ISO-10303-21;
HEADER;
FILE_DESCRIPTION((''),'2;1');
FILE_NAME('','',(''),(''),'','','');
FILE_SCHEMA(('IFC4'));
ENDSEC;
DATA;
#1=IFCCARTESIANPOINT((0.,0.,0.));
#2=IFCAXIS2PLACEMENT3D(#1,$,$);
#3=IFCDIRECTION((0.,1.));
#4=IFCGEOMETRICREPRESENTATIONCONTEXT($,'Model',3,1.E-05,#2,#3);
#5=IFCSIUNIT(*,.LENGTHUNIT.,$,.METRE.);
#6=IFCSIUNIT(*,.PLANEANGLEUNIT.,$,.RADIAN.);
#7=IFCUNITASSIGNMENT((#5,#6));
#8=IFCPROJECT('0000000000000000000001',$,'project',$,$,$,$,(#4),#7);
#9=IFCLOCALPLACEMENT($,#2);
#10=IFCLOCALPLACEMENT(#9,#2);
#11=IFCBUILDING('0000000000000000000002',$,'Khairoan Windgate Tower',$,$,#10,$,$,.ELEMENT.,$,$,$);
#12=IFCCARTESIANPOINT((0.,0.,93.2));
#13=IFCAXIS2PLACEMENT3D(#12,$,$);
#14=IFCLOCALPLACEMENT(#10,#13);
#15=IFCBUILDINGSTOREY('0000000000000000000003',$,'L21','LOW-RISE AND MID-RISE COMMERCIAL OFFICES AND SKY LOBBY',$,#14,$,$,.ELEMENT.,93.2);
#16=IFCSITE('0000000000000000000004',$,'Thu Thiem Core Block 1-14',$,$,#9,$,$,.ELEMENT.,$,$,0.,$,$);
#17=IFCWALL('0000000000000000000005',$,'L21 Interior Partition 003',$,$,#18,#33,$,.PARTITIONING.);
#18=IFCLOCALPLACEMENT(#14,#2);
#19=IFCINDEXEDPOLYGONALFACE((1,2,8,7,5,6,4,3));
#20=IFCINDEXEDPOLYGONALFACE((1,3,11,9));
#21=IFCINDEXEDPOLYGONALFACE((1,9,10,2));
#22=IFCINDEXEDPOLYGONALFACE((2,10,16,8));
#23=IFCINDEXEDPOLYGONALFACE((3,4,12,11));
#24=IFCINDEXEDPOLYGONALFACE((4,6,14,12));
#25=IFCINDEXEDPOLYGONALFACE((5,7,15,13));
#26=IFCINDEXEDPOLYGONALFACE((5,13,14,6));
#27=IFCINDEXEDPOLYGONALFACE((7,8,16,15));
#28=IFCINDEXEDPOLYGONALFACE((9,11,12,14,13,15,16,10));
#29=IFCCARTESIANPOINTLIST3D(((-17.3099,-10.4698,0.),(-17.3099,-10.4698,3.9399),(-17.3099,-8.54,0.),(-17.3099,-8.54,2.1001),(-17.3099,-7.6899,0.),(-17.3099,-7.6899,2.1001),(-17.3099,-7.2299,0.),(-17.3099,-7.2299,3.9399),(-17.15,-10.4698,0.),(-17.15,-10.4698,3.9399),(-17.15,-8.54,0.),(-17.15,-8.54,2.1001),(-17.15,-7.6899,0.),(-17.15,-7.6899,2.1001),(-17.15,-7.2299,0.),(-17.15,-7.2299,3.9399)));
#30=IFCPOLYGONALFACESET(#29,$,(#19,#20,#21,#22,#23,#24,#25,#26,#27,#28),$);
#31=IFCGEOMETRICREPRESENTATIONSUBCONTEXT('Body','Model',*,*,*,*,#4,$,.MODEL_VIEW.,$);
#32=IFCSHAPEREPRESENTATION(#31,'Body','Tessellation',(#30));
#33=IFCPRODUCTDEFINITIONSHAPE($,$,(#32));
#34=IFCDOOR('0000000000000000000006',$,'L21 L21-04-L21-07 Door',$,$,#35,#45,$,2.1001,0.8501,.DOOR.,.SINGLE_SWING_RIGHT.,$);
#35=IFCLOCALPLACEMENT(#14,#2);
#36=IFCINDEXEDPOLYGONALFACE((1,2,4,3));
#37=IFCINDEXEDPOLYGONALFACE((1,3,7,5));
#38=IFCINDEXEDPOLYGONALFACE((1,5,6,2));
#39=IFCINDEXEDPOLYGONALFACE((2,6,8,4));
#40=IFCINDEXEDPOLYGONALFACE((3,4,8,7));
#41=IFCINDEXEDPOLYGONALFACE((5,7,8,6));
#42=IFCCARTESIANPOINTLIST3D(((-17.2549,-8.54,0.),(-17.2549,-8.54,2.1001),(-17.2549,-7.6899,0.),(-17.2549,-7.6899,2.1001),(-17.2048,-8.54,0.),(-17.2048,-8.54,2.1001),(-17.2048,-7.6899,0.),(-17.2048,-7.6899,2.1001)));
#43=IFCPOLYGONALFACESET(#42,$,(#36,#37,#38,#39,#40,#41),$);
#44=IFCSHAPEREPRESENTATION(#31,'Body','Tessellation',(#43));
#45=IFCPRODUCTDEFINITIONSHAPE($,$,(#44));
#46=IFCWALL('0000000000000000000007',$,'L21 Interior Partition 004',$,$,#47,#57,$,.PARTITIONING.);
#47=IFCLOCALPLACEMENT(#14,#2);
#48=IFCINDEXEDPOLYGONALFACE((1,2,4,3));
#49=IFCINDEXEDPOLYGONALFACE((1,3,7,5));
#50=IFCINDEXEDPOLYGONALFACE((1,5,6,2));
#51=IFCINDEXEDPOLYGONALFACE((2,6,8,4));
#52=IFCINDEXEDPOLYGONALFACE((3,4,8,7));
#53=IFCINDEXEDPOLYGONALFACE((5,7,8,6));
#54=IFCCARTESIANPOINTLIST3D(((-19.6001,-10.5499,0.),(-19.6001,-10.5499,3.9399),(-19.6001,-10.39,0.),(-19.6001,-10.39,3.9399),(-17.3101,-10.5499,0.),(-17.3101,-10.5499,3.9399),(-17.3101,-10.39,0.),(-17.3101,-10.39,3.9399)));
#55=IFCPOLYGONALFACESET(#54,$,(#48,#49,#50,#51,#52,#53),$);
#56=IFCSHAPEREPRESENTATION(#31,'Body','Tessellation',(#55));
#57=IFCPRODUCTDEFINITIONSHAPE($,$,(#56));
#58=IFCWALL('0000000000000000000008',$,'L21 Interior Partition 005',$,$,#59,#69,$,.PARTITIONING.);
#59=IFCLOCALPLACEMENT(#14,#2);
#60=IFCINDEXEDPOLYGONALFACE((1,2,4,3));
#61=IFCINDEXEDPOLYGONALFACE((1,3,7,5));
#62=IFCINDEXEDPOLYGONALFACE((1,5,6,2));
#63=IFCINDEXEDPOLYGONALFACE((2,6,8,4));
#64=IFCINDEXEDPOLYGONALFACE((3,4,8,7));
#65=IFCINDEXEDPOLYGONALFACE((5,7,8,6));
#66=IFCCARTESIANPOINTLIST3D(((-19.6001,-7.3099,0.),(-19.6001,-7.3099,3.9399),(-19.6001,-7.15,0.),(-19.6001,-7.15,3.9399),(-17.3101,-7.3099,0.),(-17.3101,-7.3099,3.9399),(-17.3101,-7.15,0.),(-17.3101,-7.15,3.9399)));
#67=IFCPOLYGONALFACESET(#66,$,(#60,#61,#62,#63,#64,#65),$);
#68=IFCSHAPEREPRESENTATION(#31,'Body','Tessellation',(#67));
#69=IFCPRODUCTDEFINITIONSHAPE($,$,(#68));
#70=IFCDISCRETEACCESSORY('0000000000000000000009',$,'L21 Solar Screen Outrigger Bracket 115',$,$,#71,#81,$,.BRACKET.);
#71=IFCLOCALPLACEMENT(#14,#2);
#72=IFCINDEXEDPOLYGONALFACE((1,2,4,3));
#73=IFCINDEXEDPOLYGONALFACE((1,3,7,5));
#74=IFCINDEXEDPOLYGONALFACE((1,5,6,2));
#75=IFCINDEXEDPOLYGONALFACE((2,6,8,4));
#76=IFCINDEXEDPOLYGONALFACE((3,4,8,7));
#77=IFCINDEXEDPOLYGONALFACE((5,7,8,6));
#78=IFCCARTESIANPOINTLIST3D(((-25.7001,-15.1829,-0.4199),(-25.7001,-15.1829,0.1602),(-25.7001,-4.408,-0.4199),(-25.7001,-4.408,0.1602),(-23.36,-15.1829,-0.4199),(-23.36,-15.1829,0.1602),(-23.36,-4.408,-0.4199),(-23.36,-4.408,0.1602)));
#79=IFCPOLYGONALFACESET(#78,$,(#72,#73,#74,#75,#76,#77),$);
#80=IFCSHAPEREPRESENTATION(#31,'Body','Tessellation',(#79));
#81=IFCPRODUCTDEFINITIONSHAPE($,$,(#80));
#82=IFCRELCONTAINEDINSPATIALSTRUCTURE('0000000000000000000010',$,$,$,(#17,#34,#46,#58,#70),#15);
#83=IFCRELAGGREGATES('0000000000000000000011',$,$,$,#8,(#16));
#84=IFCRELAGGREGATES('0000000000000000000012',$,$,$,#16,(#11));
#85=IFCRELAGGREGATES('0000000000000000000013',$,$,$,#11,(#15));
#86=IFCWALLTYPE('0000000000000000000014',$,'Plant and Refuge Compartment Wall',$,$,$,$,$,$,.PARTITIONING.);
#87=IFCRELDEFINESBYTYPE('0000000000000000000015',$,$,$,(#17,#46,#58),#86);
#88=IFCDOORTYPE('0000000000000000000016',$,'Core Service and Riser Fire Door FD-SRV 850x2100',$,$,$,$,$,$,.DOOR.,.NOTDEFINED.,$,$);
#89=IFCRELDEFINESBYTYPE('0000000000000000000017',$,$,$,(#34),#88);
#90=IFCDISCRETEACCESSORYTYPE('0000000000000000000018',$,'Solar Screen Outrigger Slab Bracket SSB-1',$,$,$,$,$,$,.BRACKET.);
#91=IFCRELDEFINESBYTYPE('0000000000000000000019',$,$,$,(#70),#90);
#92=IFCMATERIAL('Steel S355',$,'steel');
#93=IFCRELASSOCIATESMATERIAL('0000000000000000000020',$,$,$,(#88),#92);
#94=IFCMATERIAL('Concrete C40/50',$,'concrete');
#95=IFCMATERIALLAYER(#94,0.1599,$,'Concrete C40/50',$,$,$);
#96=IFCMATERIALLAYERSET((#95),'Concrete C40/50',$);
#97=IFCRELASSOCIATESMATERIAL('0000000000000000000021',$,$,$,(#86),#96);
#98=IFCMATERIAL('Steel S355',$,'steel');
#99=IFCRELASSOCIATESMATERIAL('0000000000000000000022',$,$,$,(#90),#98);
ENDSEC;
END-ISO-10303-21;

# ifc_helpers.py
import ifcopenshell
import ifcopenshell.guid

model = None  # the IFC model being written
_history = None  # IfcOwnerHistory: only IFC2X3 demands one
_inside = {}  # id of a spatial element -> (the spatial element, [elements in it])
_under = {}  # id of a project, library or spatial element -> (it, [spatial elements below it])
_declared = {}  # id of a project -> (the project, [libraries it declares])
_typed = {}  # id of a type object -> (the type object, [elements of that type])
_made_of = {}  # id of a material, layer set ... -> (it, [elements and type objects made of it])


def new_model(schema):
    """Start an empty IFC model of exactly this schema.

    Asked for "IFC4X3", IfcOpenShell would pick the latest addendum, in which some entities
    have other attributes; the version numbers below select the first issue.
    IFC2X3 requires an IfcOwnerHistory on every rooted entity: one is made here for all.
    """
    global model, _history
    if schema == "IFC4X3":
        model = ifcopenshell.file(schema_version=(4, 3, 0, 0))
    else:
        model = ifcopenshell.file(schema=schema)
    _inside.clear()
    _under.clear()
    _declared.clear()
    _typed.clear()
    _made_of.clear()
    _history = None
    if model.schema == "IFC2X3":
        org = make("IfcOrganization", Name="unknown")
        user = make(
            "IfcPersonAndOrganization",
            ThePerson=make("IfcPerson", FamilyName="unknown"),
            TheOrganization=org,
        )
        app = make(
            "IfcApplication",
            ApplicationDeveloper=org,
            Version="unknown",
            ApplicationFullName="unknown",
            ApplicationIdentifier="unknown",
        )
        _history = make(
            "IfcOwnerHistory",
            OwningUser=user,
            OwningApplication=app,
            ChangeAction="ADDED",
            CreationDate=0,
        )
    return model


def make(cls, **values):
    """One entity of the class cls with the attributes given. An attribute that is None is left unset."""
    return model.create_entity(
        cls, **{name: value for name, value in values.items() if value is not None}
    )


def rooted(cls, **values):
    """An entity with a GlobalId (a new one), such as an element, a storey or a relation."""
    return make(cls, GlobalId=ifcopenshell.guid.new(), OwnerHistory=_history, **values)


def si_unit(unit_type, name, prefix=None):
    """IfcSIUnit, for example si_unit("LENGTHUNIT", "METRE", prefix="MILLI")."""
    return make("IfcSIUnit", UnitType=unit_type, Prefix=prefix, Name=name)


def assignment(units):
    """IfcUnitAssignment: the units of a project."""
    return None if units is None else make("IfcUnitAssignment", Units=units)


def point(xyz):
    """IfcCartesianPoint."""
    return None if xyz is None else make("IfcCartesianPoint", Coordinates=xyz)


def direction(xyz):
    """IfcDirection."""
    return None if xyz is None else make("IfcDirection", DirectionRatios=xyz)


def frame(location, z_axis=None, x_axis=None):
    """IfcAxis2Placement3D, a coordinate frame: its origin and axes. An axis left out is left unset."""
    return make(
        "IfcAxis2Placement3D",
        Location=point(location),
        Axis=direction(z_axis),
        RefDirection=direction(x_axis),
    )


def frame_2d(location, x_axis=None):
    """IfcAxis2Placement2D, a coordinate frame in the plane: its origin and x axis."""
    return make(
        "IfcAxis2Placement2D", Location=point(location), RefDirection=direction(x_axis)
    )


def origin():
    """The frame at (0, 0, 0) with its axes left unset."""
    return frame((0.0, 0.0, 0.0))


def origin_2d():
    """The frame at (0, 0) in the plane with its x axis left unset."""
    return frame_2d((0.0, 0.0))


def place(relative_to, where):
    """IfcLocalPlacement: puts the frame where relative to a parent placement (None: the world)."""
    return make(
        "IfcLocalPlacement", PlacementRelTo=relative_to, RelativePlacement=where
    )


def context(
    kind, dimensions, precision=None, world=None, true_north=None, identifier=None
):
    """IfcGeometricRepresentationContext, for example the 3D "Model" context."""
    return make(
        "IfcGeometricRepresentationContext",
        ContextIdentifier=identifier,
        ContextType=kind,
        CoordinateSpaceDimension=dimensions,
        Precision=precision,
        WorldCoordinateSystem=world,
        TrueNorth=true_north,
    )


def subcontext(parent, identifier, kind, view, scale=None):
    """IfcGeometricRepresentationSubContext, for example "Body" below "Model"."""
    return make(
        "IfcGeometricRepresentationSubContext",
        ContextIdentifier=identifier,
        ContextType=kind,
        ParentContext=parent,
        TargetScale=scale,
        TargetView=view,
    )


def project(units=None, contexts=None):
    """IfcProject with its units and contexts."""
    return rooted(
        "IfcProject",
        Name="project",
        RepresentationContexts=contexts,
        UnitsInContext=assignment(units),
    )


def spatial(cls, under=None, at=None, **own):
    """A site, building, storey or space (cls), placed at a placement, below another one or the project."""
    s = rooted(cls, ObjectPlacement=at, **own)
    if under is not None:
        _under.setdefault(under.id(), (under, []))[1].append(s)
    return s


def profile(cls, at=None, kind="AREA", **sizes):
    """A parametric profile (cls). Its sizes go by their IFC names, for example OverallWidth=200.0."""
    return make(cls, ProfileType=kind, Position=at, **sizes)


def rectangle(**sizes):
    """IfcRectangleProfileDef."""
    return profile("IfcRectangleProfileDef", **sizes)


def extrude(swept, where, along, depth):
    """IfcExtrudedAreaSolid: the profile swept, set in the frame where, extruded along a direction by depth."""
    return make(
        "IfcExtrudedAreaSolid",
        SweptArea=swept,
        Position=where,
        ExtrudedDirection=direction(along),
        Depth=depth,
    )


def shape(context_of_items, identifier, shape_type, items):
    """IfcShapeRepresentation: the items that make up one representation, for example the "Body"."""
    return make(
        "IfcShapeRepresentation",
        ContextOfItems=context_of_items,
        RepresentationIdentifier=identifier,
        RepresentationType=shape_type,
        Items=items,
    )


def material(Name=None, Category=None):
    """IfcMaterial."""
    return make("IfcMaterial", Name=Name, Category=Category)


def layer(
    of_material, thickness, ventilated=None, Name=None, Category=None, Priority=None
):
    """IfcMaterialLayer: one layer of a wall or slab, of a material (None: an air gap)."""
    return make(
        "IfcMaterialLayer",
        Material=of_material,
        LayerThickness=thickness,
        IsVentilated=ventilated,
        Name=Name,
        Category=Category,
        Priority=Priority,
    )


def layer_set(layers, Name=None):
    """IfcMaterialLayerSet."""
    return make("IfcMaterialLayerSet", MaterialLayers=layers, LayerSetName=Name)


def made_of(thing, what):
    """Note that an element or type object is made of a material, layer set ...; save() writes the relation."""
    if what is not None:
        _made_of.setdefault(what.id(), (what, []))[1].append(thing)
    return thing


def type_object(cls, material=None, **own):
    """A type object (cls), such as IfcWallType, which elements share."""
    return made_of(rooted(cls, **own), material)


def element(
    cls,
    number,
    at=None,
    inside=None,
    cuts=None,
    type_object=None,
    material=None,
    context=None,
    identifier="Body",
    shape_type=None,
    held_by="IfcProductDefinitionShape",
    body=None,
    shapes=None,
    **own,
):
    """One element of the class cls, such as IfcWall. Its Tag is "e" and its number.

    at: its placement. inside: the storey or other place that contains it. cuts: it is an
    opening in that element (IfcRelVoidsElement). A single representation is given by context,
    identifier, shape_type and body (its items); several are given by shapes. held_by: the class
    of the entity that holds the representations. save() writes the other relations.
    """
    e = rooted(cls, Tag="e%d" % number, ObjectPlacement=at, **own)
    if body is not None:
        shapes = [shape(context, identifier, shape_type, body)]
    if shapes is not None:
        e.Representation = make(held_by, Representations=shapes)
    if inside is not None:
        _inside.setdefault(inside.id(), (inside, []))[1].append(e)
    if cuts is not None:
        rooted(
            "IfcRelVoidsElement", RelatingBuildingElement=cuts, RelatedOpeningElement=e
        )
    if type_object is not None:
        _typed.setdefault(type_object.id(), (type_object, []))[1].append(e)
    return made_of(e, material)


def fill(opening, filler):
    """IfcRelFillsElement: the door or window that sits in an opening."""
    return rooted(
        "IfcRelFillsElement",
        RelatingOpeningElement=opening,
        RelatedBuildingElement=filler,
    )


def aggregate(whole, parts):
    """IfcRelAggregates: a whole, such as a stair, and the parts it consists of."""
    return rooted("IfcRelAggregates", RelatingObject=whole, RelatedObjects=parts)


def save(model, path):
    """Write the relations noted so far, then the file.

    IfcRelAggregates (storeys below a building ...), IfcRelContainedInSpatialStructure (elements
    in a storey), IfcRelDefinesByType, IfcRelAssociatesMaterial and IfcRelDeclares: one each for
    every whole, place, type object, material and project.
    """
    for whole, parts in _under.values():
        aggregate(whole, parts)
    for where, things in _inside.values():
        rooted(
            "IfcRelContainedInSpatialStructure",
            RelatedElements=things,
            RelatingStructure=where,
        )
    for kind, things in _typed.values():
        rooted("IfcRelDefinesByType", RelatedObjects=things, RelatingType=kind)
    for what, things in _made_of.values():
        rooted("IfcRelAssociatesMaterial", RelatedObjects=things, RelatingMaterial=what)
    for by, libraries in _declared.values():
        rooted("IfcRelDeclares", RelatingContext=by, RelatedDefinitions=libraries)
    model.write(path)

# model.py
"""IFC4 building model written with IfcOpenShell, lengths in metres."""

from ifc_helpers import new_model, si_unit, direction, frame, frame_2d, origin, origin_2d, place, context, subcontext, project, spatial, rectangle, extrude, material, layer, layer_set, type_object, element, fill, save


model = new_model("IFC4")

# Units and contexts
model_context = context("Model", 3, precision=1e-05, world=origin(), true_north=direction((0.0, 1.0)))
body_context = subcontext(model_context, "Body", "Model", "MODEL_VIEW")
ifc_project = project(units=[si_unit("LENGTHUNIT", "METRE"), si_unit("PLANEANGLEUNIT", "RADIAN")], contexts=[model_context])

# Site, building, storey
site_placement = place(None, origin())
site = spatial("IfcSite", under=ifc_project, at=site_placement, Name="Thu Thiem Core Block 1-14", CompositionType="ELEMENT", RefElevation=0.0)
building_placement = place(site_placement, origin())
building = spatial("IfcBuilding", under=site, at=building_placement, Name="Khairoan Windgate Tower", CompositionType="ELEMENT")
storey_placement = place(building_placement, frame((0.0, 0.0, 93.2)))
storey = spatial("IfcBuildingStorey", under=building, at=storey_placement, Name="L21", Description="LOW-RISE AND MID-RISE COMMERCIAL OFFICES AND SKY LOBBY", CompositionType="ELEMENT", Elevation=93.2)

# Wall, opening, door
ifc_material_1 = material(Name="Steel S355", Category="steel")
door_type_1 = type_object("IfcDoorType", Name="Core Service and Riser Fire Door FD-SRV 850x2100", OperationType="NOTDEFINED", PredefinedType="DOOR", material=ifc_material_1)
ifc_material_2 = material(Name="Concrete C40/50", Category="concrete")
ifc_layer_1 = layer(ifc_material_2, 0.1599, Name="Concrete C40/50")
ifc_layer_set_1 = layer_set([ifc_layer_1], Name="Concrete C40/50")
wall_type_1 = type_object("IfcWallType", Name="Plant and Refuge Compartment Wall", PredefinedType="PARTITIONING", material=ifc_layer_set_1)
wall_1_placement = place(storey_placement, frame((-17.23, -10.47, 0.0), z_axis=(0.0, 0.0, 1.0), x_axis=(0.0, 1.0, 0.0)))
wall_1 = element("IfcWall", 1, at=wall_1_placement, inside=storey, type_object=wall_type_1, Name="L21 Interior Partition 003", PredefinedType="PARTITIONING", context=body_context, shape_type="SweptSolid", body=[
    extrude(rectangle(XDim=3.24, YDim=0.1599, at=frame_2d((1.6201, 0.0))), origin(), (0.0, 0.0, 1.0), 3.9399),
])
opening_1_placement = place(wall_1_placement, frame((1.9299, 0.0, 0.0)))
opening_1 = element("IfcOpeningElement", 2, at=opening_1_placement, cuts=wall_1, PredefinedType="OPENING", context=body_context, shape_type="SweptSolid", body=[
    extrude(rectangle(XDim=0.8501, YDim=2.1001, at=frame_2d((0.425, 1.05))), frame((0.0, 0.0898, 0.0), z_axis=(0.0, -1.0, 0.0), x_axis=(1.0, 0.0, 0.0)), (0.0, 0.0, 1.0), 0.1799),
])
door_1_placement = place(opening_1_placement, origin())
door_1 = element("IfcDoor", 3, at=door_1_placement, inside=storey, type_object=door_type_1, Name="L21 L21-04-L21-07 Door", OperationType="SINGLE_SWING_RIGHT", OverallHeight=2.1001, OverallWidth=0.8501, PredefinedType="DOOR", context=body_context, shape_type="SweptSolid", body=[
    extrude(rectangle(XDim=0.8501, YDim=2.1001, at=frame_2d((0.425, 1.05))), frame((0.0, 0.0249, 0.0), z_axis=(0.0, -1.0, 0.0), x_axis=(1.0, 0.0, 0.0)), (0.0, 0.0, 1.0), 0.05),
])
fill(opening_1, door_1)

# Walls
for number, where, z_axis, x_axis, name in (
    (4, (-19.6001, -10.47, 0.0), (0.0, 0.0, 1.0), (1.0, 0.0, 0.0), "L21 Interior Partition 004"),
    (5, (-19.6001, -7.23, 0.0), (0.0, 0.0, 1.0), (1.0, 0.0, 0.0), "L21 Interior Partition 005"),
):
    element("IfcWall", number, at=place(storey_placement, frame(where, z_axis=z_axis, x_axis=x_axis)), inside=storey, type_object=wall_type_1, Name=name, PredefinedType="PARTITIONING", context=body_context, shape_type="SweptSolid", body=[
        extrude(rectangle(XDim=2.29, YDim=0.1599, at=frame_2d((1.145, 0.0))), origin(), (0.0, 0.0, 1.0), 3.9399),
    ])

# Discrete accessory
ifc_material_3 = material(Name="Steel S355", Category="steel")
discrete_accessory_type = type_object("IfcDiscreteAccessoryType", Name="Solar Screen Outrigger Slab Bracket SSB-1", PredefinedType="BRACKET", material=ifc_material_3)
discrete_accessory_placement = place(storey_placement, frame((-24.53, -9.7954, -0.4199), z_axis=(0.0, 0.0, 1.0), x_axis=(0.0, 1.0, 0.0)))
element("IfcDiscreteAccessory", 6, at=discrete_accessory_placement, inside=storey, type_object=discrete_accessory_type, Name="L21 Solar Screen Outrigger Bracket 115", PredefinedType="BRACKET", context=body_context, shape_type="SweptSolid", body=[
    extrude(rectangle(XDim=10.7749, YDim=2.3401, at=origin_2d()), origin(), (0.0, 0.0, 1.0), 0.5801),
])

save(model, "model.ifc")
